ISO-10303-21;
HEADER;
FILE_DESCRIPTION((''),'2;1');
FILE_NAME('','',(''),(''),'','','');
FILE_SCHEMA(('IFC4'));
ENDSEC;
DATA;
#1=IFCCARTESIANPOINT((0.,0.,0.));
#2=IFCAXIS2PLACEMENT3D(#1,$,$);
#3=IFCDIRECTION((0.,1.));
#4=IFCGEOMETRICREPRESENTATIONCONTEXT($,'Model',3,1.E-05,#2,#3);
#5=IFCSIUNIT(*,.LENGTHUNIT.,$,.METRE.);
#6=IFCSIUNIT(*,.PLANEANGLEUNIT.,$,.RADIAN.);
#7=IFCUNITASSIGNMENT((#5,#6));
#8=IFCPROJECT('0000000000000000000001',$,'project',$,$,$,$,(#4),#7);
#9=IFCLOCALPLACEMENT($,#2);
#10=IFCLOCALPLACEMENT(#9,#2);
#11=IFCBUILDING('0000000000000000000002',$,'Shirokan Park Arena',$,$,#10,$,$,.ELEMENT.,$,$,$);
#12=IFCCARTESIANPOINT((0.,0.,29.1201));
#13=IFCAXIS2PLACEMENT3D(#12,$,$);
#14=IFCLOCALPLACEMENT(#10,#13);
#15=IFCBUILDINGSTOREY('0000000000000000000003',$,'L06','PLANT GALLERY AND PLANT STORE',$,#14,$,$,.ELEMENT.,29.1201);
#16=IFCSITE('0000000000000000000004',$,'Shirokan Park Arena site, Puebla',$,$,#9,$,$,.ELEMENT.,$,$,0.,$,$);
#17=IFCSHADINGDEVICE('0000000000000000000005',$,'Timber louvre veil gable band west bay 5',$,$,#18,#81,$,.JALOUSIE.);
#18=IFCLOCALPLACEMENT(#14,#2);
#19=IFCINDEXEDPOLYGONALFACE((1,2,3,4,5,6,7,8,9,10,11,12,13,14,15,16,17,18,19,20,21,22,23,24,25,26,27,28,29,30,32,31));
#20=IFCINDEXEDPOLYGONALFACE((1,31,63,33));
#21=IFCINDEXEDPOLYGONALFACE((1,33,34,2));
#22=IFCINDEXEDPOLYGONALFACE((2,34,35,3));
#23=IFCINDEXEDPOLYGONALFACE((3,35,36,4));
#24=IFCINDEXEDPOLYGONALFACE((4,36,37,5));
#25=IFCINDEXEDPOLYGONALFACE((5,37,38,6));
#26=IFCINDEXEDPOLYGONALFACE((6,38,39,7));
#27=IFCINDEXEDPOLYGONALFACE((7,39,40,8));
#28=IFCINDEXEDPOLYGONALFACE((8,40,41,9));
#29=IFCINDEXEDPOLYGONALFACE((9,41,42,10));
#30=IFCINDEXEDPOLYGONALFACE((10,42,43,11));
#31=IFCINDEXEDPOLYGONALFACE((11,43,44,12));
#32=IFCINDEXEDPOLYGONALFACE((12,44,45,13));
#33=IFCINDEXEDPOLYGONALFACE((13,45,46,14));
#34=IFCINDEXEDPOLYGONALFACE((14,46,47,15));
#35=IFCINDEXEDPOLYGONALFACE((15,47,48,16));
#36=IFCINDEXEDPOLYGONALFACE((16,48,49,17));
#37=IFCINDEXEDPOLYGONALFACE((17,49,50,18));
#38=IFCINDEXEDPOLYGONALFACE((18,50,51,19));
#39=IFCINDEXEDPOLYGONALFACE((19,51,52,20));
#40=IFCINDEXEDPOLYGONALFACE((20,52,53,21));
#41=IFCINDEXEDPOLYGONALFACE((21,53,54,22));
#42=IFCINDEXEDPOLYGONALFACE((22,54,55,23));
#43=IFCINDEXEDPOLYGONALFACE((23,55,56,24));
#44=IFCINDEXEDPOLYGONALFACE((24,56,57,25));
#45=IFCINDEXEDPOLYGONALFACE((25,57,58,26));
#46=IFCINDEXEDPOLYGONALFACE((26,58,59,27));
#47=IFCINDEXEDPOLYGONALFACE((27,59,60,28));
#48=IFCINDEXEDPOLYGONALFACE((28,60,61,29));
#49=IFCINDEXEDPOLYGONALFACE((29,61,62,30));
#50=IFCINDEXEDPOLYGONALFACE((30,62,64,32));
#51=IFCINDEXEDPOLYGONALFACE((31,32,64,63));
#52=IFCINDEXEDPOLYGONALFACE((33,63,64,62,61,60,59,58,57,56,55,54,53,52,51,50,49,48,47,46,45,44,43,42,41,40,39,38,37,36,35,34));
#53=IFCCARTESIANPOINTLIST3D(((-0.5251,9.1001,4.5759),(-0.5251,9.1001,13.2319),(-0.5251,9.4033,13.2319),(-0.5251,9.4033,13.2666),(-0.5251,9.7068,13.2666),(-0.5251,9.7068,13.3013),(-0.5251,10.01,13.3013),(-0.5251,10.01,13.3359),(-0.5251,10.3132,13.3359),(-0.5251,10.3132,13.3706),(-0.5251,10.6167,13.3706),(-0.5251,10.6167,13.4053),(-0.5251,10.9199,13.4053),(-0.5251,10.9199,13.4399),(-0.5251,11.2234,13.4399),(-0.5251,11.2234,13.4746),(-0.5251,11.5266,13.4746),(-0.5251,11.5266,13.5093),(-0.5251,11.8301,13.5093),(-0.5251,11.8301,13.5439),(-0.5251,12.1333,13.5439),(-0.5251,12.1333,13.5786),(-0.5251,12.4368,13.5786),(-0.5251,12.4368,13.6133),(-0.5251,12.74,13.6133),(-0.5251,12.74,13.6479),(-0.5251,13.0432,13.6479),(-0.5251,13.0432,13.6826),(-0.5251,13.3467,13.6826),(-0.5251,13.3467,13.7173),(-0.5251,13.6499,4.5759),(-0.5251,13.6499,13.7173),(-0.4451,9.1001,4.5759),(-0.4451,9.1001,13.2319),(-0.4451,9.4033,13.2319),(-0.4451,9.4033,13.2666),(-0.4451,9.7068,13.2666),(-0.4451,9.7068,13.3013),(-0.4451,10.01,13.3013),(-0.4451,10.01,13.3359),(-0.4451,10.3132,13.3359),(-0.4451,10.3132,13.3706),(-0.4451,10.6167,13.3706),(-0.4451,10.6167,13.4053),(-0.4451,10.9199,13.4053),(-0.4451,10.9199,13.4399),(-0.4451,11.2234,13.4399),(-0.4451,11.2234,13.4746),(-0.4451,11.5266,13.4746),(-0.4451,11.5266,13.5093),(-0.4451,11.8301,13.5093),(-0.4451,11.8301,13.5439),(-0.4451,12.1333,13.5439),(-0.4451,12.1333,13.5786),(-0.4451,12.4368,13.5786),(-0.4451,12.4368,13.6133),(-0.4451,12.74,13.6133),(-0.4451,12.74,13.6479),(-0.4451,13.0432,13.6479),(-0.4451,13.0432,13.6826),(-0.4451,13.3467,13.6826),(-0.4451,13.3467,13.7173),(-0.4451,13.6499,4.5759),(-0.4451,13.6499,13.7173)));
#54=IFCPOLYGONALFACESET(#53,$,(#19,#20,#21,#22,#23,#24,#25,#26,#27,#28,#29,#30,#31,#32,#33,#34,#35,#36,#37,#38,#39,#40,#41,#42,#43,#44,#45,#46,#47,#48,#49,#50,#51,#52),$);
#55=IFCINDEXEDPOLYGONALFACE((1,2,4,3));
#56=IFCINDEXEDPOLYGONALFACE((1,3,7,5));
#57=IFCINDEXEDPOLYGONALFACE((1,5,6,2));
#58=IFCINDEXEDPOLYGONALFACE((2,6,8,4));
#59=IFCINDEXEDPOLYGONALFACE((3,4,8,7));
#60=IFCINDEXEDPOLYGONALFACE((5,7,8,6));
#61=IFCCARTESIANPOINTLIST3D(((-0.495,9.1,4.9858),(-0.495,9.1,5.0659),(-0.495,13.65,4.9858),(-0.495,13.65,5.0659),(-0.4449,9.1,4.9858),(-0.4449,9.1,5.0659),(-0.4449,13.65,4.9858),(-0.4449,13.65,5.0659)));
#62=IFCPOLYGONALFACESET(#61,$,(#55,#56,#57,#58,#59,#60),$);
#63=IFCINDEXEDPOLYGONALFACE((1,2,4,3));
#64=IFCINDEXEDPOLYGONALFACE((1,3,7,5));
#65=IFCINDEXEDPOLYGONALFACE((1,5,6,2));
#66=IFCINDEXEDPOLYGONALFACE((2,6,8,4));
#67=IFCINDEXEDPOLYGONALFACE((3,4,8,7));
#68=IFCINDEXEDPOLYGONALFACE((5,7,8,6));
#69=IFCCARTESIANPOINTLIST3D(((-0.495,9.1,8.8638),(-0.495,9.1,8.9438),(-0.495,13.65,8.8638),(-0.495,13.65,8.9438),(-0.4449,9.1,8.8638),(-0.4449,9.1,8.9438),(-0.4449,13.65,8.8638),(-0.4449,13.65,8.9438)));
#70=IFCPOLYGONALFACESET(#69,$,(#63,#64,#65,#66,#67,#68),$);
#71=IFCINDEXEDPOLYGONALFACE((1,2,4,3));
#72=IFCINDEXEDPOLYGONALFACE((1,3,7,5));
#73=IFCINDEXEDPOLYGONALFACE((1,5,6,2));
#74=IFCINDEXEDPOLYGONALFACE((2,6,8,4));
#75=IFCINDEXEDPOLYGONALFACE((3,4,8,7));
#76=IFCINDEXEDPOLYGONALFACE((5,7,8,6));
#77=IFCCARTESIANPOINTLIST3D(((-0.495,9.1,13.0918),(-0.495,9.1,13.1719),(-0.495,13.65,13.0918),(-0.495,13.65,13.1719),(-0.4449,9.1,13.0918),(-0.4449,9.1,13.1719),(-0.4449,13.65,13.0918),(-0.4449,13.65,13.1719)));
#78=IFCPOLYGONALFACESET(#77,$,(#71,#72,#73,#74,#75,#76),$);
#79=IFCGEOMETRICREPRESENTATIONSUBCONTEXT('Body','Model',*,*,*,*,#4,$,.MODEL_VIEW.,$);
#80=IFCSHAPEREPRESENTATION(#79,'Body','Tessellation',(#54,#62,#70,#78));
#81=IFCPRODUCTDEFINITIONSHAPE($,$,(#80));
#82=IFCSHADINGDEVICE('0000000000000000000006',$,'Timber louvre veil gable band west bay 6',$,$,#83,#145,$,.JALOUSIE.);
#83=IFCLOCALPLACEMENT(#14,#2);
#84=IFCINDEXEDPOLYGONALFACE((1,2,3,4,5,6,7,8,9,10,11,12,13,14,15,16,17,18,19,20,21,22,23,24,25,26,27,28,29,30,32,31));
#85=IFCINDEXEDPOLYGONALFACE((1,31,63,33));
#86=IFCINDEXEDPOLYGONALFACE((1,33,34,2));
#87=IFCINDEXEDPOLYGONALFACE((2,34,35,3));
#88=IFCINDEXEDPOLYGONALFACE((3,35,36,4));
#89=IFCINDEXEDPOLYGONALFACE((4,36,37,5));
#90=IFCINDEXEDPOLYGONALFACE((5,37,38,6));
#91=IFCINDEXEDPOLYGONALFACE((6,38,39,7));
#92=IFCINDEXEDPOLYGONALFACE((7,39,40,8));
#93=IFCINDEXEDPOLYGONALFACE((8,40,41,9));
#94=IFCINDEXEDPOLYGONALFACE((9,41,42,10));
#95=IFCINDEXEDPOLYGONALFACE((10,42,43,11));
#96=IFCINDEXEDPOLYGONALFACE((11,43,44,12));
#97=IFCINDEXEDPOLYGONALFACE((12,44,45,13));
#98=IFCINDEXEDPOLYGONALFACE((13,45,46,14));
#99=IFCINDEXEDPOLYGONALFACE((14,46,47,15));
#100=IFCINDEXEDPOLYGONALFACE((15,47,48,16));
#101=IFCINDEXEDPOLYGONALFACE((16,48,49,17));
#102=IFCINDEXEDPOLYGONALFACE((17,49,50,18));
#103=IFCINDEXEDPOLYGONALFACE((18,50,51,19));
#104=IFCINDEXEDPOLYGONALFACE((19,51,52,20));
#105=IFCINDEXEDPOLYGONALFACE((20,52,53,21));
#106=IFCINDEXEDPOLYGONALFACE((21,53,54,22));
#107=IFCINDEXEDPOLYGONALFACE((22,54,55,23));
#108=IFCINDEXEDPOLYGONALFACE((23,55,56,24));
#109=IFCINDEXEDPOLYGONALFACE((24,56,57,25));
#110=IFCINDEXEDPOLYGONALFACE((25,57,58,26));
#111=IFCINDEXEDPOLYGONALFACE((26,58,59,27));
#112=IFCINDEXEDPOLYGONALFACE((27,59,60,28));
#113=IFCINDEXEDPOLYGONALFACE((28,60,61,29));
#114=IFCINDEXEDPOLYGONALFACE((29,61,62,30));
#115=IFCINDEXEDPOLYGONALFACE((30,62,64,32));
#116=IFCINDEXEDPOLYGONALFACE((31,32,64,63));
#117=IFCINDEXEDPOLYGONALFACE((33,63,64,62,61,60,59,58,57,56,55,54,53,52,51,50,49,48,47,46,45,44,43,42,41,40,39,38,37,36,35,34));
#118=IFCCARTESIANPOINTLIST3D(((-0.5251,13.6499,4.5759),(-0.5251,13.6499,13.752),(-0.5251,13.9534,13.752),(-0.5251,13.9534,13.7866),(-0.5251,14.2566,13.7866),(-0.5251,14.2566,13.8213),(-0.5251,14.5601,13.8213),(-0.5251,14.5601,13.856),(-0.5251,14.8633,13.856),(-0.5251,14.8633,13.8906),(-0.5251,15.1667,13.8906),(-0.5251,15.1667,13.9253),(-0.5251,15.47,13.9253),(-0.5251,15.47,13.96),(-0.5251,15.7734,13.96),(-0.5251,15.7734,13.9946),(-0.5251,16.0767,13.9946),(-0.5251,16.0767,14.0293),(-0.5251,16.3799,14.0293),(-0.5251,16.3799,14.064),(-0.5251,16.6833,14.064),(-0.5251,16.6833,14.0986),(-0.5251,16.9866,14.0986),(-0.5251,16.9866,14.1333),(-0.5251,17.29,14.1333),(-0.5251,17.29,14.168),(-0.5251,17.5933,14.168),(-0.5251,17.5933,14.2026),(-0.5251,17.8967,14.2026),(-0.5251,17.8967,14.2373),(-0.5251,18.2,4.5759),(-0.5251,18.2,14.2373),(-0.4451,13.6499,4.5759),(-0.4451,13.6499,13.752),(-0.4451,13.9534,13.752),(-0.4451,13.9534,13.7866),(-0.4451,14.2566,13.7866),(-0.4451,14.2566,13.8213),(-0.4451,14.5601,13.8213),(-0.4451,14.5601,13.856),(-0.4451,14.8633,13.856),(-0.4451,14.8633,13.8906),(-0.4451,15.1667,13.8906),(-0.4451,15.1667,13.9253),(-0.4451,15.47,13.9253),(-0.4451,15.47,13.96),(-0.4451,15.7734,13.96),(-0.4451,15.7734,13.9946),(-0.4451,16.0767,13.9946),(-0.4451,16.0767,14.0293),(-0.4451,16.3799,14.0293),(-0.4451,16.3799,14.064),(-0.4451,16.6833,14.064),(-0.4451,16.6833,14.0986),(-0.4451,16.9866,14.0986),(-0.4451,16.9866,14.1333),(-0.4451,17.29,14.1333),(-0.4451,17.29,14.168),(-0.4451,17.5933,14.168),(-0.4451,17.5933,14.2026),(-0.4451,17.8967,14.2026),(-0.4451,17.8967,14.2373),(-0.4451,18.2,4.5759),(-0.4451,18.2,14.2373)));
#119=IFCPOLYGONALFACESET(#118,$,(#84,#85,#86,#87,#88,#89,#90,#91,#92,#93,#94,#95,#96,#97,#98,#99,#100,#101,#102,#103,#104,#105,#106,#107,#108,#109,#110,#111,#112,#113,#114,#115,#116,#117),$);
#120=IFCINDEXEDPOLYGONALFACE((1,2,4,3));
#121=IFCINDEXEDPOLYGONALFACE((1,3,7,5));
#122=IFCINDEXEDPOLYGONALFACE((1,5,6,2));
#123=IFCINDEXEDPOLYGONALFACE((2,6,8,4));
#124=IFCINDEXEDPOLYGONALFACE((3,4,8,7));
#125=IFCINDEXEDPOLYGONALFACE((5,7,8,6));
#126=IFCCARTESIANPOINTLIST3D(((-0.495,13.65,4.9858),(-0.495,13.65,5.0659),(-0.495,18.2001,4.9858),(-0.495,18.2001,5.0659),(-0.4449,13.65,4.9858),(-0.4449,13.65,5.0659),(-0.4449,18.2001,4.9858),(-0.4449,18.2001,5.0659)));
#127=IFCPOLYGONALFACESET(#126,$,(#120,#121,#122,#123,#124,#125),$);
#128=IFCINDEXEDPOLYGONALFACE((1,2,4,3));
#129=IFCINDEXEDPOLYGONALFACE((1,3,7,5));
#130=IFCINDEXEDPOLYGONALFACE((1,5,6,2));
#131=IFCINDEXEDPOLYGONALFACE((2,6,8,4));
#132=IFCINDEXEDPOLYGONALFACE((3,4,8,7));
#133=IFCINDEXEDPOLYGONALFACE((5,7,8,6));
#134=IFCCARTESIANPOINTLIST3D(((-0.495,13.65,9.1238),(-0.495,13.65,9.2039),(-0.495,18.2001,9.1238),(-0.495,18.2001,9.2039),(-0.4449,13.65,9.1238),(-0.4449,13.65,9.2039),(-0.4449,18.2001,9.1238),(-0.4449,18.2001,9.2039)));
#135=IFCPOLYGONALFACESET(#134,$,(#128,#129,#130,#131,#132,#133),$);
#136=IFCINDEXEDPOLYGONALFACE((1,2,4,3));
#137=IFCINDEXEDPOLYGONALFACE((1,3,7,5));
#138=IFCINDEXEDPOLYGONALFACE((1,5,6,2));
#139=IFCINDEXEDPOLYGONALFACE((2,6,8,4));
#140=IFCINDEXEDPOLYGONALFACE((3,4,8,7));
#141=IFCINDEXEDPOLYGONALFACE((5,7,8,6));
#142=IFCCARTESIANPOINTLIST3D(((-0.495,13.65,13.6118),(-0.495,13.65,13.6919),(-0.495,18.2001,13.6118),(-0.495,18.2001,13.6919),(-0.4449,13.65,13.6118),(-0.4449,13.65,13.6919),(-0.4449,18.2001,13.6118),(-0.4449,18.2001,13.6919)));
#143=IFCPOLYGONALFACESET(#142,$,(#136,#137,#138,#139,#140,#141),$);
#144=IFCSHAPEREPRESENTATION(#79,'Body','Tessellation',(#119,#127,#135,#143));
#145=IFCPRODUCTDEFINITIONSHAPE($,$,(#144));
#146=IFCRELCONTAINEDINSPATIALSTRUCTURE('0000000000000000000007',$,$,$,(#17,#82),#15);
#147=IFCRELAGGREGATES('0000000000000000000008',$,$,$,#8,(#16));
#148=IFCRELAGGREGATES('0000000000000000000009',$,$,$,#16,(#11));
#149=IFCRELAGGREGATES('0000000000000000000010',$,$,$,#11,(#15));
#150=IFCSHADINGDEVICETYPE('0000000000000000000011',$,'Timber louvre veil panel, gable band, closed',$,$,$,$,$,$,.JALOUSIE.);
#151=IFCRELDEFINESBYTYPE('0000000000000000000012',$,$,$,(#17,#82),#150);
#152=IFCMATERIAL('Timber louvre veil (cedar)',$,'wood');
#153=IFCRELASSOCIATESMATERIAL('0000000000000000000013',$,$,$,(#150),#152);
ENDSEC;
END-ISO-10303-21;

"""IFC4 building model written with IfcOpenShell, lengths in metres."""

from ifc_helpers import new_model, si_unit, direction, frame, origin, origin_2d, place, context, subcontext, project, spatial, polyline, rectangle, outline, extrude, material, type_object, element, save


model = new_model("IFC4")

# Units and contexts
model_context = context("Model", 3, precision=1e-05, world=origin(), true_north=direction((0.0, 1.0)))
body_context = subcontext(model_context, "Body", "Model", "MODEL_VIEW")
ifc_project = project(units=[si_unit("LENGTHUNIT", "METRE"), si_unit("PLANEANGLEUNIT", "RADIAN")], contexts=[model_context])

# Site, building, storey
site_placement = place(None, origin())
site = spatial("IfcSite", under=ifc_project, at=site_placement, Name="Shirokan Park Arena site, Puebla", CompositionType="ELEMENT", RefElevation=0.0)
building_placement = place(site_placement, origin())
building = spatial("IfcBuilding", under=site, at=building_placement, Name="Shirokan Park Arena", CompositionType="ELEMENT")
storey_placement = place(building_placement, frame((0.0, 0.0, 29.1201)))
storey = spatial("IfcBuildingStorey", under=building, at=storey_placement, Name="L06", Description="PLANT GALLERY AND PLANT STORE", CompositionType="ELEMENT", Elevation=29.1201)

# Shading devices
ifc_material = material(Name="Timber louvre veil (cedar)", Category="wood")
shading_device_type_1 = type_object("IfcShadingDeviceType", Name="Timber louvre veil panel, gable band, closed", PredefinedType="JALOUSIE", material=ifc_material)
shading_device_1_placement = place(storey_placement, origin())
element("IfcShadingDevice", 1, at=shading_device_1_placement, inside=storey, type_object=shading_device_type_1, Name="Timber louvre veil gable band west bay 5", PredefinedType="JALOUSIE", context=body_context, shape_type="SweptSolid", body=[
    extrude(outline(polyline([(9.4033, 13.2319), (9.1001, 13.2319), (9.1001, 4.5759), (13.6499, 4.5759), (13.6499, 13.7173), (13.3467, 13.7173), (13.3467, 13.6826), (13.0432, 13.6826), (13.0432, 13.6479), (12.74, 13.6479), (12.74, 13.6133), (12.4368, 13.6133), (12.4368, 13.5786), (12.1333, 13.5786), (12.1333, 13.5439), (11.8301, 13.5439), (11.8301, 13.5093), (11.5266, 13.5093), (11.5266, 13.4746), (11.2234, 13.4746), (11.2234, 13.4399), (10.9199, 13.4399), (10.9199, 13.4053), (10.6167, 13.4053), (10.6167, 13.3706), (10.3132, 13.3706), (10.3132, 13.3359), (10.01, 13.3359), (10.01, 13.3013), (9.7068, 13.3013), (9.7068, 13.2666), (9.4033, 13.2666), (9.4033, 13.2319)])), frame((-0.5251, 0.0, 0.0), z_axis=(1.0, 0.0, 0.0), x_axis=(0.0, 1.0, 0.0)), (0.0, 0.0, 1.0), 0.0801),
    extrude(rectangle(XDim=0.05, YDim=4.55, at=origin_2d()), frame((-0.47, 11.375, 4.9858), z_axis=(0.0, 0.0, 1.0), x_axis=(1.0, 0.0, 0.0)), (0.0, 0.0, 1.0), 0.0801),
    extrude(rectangle(XDim=0.05, YDim=4.55, at=origin_2d()), frame((-0.47, 11.375, 8.8638), z_axis=(0.0, 0.0, 1.0), x_axis=(1.0, 0.0, 0.0)), (0.0, 0.0, 1.0), 0.0801),
    extrude(rectangle(XDim=0.05, YDim=4.55, at=origin_2d()), frame((-0.47, 11.375, 13.0918), z_axis=(0.0, 0.0, 1.0), x_axis=(1.0, 0.0, 0.0)), (0.0, 0.0, 1.0), 0.0801),
])
shading_device_2_placement = place(storey_placement, origin())
element("IfcShadingDevice", 2, at=shading_device_2_placement, inside=storey, type_object=shading_device_type_1, Name="Timber louvre veil gable band west bay 6", PredefinedType="JALOUSIE", context=body_context, shape_type="SweptSolid", body=[
    extrude(outline(polyline([(13.9534, 13.752), (13.6499, 13.752), (13.6499, 4.5759), (18.2, 4.5759), (18.2, 14.2373), (17.8967, 14.2373), (17.8967, 14.2026), (17.5933, 14.2026), (17.5933, 14.168), (17.29, 14.168), (17.29, 14.1333), (16.9866, 14.1333), (16.9866, 14.0986), (16.6833, 14.0986), (16.6833, 14.064), (16.3799, 14.064), (16.3799, 14.0293), (16.0767, 14.0293), (16.0767, 13.9946), (15.7734, 13.9946), (15.7734, 13.96), (15.47, 13.96), (15.47, 13.9253), (15.1667, 13.9253), (15.1667, 13.8906), (14.8633, 13.8906), (14.8633, 13.856), (14.5601, 13.856), (14.5601, 13.8213), (14.2566, 13.8213), (14.2566, 13.7866), (13.9534, 13.7866), (13.9534, 13.752)])), frame((-0.5251, 0.0, 0.0), z_axis=(1.0, 0.0, 0.0), x_axis=(0.0, 1.0, 0.0)), (0.0, 0.0, 1.0), 0.0801),
    extrude(rectangle(XDim=0.05, YDim=4.55, at=origin_2d()), frame((-0.47, 15.925, 4.9858), z_axis=(0.0, 0.0, 1.0), x_axis=(1.0, 0.0, 0.0)), (0.0, 0.0, 1.0), 0.0801),
    extrude(rectangle(XDim=0.05, YDim=4.55, at=origin_2d()), frame((-0.47, 15.925, 9.1238), z_axis=(0.0, 0.0, 1.0), x_axis=(1.0, 0.0, 0.0)), (0.0, 0.0, 1.0), 0.0801),
    extrude(rectangle(XDim=0.05, YDim=4.55, at=origin_2d()), frame((-0.47, 15.925, 13.6118), z_axis=(0.0, 0.0, 1.0), x_axis=(1.0, 0.0, 0.0)), (0.0, 0.0, 1.0), 0.0801),
])

save(model, "model.ifc")
